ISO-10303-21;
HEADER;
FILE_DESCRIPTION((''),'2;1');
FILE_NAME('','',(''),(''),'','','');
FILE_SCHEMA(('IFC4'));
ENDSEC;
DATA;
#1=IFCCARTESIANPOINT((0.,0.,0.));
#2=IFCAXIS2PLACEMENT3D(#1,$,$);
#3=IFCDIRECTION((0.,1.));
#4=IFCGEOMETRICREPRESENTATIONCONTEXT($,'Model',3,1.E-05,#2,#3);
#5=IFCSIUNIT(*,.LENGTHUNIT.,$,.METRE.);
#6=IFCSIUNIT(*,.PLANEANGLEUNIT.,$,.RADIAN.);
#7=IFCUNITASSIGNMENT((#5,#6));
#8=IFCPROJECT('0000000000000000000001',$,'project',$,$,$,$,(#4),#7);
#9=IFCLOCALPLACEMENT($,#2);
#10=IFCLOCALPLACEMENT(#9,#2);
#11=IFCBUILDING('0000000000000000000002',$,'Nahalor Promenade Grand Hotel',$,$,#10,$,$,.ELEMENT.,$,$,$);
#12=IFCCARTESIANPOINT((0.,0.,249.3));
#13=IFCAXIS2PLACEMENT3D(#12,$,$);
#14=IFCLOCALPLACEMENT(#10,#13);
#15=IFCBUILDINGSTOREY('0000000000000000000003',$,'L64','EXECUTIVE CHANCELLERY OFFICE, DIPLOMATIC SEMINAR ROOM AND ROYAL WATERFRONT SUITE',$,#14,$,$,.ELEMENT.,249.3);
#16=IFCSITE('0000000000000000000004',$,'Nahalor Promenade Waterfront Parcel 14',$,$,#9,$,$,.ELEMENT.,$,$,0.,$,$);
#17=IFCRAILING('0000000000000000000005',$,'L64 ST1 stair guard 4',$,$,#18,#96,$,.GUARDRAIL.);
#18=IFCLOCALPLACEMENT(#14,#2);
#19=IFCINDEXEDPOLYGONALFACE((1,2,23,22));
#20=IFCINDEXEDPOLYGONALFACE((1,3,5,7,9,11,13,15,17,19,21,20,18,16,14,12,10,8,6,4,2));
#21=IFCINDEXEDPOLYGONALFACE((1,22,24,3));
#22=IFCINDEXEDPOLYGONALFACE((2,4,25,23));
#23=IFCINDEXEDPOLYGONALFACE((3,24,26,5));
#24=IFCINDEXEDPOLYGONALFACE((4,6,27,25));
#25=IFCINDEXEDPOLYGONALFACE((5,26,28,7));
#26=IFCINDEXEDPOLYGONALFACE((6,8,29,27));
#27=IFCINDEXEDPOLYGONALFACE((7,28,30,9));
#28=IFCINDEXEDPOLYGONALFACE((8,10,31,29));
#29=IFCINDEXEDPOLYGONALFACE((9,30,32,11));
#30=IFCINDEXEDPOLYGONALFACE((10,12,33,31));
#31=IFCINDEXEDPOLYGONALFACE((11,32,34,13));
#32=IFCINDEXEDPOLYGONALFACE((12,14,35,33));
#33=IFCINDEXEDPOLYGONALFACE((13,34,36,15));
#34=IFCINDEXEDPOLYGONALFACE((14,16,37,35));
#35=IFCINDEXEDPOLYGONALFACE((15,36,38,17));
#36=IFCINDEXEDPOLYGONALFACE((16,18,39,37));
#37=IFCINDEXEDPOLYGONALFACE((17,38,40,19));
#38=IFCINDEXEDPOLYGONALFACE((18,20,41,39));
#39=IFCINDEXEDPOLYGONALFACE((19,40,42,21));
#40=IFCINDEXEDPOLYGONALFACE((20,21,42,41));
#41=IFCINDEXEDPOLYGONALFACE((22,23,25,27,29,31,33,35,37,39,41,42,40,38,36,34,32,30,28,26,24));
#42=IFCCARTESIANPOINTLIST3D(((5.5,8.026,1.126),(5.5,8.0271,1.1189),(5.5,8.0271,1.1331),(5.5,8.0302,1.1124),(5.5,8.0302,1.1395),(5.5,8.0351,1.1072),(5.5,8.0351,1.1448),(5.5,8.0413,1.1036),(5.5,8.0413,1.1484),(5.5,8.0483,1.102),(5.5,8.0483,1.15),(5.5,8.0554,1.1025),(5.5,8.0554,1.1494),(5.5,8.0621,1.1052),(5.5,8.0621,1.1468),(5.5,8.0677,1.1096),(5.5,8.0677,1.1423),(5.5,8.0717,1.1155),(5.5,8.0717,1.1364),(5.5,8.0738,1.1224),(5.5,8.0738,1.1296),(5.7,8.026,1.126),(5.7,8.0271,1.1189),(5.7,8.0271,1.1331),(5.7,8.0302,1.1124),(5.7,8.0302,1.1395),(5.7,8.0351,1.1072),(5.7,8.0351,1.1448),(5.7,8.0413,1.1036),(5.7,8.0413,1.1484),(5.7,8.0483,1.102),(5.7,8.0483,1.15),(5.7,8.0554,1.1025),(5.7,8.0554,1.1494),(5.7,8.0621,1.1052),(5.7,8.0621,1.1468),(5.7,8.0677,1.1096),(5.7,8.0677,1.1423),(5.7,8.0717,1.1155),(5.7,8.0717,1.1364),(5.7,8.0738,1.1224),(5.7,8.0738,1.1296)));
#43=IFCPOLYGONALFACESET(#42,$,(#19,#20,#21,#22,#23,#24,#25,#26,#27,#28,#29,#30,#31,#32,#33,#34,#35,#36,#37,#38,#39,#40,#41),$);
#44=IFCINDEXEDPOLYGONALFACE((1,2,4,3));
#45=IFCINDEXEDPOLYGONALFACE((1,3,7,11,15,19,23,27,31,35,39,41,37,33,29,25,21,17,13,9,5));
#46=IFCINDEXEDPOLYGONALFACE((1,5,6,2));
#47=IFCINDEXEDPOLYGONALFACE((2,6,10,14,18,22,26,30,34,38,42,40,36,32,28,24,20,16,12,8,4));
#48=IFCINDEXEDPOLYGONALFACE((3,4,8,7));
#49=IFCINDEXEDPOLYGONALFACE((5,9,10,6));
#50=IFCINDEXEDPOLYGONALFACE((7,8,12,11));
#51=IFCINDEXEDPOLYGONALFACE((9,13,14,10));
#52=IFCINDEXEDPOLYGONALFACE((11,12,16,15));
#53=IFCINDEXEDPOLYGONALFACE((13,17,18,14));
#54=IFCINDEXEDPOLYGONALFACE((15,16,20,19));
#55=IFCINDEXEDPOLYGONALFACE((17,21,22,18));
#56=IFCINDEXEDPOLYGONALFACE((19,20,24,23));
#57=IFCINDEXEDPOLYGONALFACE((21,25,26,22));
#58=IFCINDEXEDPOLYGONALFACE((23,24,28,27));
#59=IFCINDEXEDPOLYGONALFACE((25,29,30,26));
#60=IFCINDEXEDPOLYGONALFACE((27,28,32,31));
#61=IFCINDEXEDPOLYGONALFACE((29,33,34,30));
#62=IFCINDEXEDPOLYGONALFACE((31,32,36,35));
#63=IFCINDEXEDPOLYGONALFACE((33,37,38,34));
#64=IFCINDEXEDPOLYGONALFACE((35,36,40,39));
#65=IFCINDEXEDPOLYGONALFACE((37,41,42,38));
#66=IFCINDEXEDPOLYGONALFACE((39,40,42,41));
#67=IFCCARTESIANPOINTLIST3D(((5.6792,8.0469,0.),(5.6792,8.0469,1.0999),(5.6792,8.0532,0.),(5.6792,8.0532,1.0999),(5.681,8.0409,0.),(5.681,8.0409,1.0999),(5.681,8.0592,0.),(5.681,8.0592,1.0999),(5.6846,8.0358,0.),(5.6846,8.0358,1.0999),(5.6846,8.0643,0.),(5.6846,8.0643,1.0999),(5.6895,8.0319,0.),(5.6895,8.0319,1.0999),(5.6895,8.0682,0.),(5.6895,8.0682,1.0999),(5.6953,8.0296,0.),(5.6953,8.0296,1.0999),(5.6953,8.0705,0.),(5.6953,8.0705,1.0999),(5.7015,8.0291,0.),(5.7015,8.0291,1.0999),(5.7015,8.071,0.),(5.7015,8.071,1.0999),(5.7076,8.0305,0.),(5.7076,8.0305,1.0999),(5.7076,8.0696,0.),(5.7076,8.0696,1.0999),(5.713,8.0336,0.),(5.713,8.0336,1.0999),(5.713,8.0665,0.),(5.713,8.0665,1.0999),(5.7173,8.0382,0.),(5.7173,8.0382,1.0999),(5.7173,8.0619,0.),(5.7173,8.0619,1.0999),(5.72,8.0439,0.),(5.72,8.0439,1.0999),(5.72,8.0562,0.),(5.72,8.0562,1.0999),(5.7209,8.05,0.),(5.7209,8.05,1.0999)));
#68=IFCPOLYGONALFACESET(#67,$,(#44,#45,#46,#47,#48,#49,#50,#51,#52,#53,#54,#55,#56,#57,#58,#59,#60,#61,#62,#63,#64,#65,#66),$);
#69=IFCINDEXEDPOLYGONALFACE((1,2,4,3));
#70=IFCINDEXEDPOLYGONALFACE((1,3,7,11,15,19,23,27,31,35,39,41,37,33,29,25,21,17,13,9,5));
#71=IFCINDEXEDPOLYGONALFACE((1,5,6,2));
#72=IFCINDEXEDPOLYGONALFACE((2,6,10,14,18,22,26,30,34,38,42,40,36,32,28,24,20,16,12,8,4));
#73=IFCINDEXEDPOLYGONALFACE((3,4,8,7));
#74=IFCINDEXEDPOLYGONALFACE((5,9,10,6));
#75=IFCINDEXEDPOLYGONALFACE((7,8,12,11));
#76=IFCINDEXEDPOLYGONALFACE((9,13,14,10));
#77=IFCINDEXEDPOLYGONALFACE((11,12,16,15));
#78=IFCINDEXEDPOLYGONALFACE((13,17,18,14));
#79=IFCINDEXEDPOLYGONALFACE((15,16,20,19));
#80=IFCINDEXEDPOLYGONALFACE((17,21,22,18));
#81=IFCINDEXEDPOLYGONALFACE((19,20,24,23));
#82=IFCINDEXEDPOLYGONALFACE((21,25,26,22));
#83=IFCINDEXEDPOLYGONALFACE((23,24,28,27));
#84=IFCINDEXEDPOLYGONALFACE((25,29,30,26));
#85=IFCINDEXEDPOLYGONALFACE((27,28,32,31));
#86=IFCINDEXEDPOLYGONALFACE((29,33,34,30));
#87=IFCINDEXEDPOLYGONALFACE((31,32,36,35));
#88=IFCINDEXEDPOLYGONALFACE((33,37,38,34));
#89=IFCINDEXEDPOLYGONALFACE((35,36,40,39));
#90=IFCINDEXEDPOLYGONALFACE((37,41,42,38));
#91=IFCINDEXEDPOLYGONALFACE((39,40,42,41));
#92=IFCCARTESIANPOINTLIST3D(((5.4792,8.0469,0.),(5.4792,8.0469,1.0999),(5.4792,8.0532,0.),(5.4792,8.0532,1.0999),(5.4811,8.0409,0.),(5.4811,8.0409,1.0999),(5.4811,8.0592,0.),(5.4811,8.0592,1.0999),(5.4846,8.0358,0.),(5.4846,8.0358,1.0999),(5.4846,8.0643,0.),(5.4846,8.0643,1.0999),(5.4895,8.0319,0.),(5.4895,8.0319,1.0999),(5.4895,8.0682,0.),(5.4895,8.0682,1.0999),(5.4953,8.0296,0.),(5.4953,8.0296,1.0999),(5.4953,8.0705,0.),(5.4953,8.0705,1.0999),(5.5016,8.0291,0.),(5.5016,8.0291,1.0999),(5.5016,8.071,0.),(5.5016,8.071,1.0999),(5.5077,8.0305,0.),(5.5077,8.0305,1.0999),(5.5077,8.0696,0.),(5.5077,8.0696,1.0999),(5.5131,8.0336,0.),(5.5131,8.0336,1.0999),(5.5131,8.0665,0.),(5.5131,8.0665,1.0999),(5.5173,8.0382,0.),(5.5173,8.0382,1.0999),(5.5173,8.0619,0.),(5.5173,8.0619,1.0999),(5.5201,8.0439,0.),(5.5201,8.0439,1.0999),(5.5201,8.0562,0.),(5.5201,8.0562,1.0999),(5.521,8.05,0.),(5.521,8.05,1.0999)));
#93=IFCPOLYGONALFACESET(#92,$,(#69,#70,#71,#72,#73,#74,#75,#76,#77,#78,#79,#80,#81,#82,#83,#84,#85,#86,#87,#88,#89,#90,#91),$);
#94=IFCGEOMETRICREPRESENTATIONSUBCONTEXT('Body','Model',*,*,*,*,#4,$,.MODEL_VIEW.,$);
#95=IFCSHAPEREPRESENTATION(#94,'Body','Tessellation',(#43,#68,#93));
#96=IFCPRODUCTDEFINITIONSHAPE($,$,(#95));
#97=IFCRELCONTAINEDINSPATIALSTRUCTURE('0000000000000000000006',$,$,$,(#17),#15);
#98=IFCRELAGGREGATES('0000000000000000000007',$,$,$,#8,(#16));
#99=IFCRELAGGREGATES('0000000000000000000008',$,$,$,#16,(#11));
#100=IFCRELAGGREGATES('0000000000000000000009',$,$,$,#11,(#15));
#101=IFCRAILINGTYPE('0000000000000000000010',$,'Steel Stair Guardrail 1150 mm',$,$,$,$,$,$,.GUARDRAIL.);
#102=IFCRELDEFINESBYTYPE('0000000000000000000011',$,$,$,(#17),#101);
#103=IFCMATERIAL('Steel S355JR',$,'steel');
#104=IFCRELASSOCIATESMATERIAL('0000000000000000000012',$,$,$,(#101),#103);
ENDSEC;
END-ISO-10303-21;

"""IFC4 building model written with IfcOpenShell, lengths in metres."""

from ifc_helpers import new_model, si_unit, direction, frame, origin, origin_2d, place, context, subcontext, project, spatial, circle, extrude, material, type_object, element, save


model = new_model("IFC4")

# Units and contexts
model_context = context("Model", 3, precision=1e-05, world=origin(), true_north=direction((0.0, 1.0)))
body_context = subcontext(model_context, "Body", "Model", "MODEL_VIEW")
ifc_project = project(units=[si_unit("LENGTHUNIT", "METRE"), si_unit("PLANEANGLEUNIT", "RADIAN")], contexts=[model_context])

# Site, building, storey
site_placement = place(None, origin())
site = spatial("IfcSite", under=ifc_project, at=site_placement, Name="Nahalor Promenade Waterfront Parcel 14", CompositionType="ELEMENT", RefElevation=0.0)
building_placement = place(site_placement, origin())
building = spatial("IfcBuilding", under=site, at=building_placement, Name="Nahalor Promenade Grand Hotel", CompositionType="ELEMENT")
storey_placement = place(building_placement, frame((0.0, 0.0, 249.3)))
storey = spatial("IfcBuildingStorey", under=building, at=storey_placement, Name="L64", Description="EXECUTIVE CHANCELLERY OFFICE, DIPLOMATIC SEMINAR ROOM AND ROYAL WATERFRONT SUITE", CompositionType="ELEMENT", Elevation=249.3)

# Shared definitions
ifc_material_1 = material(Name="Steel S355JR", Category="steel")

# Railing
railing_type_1 = type_object("IfcRailingType", Name="Steel Stair Guardrail 1150 mm", PredefinedType="GUARDRAIL", material=ifc_material_1)
railing_1_placement = place(storey_placement, frame((5.7, 8.05, 0.0)))
element("IfcRailing", 1, at=railing_1_placement, inside=storey, type_object=railing_type_1, Name="L64 ST1 stair guard 4", PredefinedType="GUARDRAIL", context=body_context, shape_type="SweptSolid", body=[
    extrude(circle(Radius=0.024, at=origin_2d()), frame((0.0, 0.0, 1.126), z_axis=(-1.0, 0.0, 0.0), x_axis=(0.0, -1.0, 0.0)), (0.0, 0.0, 1.0), 0.2),
    extrude(circle(Radius=0.021, at=origin_2d()), origin(), (0.0, 0.0, 1.0), 1.0999),
    extrude(circle(Radius=0.021, at=origin_2d()), frame((-0.2, 0.0, 0.0)), (0.0, 0.0, 1.0), 1.0999),
])

save(model, "model.ifc")
